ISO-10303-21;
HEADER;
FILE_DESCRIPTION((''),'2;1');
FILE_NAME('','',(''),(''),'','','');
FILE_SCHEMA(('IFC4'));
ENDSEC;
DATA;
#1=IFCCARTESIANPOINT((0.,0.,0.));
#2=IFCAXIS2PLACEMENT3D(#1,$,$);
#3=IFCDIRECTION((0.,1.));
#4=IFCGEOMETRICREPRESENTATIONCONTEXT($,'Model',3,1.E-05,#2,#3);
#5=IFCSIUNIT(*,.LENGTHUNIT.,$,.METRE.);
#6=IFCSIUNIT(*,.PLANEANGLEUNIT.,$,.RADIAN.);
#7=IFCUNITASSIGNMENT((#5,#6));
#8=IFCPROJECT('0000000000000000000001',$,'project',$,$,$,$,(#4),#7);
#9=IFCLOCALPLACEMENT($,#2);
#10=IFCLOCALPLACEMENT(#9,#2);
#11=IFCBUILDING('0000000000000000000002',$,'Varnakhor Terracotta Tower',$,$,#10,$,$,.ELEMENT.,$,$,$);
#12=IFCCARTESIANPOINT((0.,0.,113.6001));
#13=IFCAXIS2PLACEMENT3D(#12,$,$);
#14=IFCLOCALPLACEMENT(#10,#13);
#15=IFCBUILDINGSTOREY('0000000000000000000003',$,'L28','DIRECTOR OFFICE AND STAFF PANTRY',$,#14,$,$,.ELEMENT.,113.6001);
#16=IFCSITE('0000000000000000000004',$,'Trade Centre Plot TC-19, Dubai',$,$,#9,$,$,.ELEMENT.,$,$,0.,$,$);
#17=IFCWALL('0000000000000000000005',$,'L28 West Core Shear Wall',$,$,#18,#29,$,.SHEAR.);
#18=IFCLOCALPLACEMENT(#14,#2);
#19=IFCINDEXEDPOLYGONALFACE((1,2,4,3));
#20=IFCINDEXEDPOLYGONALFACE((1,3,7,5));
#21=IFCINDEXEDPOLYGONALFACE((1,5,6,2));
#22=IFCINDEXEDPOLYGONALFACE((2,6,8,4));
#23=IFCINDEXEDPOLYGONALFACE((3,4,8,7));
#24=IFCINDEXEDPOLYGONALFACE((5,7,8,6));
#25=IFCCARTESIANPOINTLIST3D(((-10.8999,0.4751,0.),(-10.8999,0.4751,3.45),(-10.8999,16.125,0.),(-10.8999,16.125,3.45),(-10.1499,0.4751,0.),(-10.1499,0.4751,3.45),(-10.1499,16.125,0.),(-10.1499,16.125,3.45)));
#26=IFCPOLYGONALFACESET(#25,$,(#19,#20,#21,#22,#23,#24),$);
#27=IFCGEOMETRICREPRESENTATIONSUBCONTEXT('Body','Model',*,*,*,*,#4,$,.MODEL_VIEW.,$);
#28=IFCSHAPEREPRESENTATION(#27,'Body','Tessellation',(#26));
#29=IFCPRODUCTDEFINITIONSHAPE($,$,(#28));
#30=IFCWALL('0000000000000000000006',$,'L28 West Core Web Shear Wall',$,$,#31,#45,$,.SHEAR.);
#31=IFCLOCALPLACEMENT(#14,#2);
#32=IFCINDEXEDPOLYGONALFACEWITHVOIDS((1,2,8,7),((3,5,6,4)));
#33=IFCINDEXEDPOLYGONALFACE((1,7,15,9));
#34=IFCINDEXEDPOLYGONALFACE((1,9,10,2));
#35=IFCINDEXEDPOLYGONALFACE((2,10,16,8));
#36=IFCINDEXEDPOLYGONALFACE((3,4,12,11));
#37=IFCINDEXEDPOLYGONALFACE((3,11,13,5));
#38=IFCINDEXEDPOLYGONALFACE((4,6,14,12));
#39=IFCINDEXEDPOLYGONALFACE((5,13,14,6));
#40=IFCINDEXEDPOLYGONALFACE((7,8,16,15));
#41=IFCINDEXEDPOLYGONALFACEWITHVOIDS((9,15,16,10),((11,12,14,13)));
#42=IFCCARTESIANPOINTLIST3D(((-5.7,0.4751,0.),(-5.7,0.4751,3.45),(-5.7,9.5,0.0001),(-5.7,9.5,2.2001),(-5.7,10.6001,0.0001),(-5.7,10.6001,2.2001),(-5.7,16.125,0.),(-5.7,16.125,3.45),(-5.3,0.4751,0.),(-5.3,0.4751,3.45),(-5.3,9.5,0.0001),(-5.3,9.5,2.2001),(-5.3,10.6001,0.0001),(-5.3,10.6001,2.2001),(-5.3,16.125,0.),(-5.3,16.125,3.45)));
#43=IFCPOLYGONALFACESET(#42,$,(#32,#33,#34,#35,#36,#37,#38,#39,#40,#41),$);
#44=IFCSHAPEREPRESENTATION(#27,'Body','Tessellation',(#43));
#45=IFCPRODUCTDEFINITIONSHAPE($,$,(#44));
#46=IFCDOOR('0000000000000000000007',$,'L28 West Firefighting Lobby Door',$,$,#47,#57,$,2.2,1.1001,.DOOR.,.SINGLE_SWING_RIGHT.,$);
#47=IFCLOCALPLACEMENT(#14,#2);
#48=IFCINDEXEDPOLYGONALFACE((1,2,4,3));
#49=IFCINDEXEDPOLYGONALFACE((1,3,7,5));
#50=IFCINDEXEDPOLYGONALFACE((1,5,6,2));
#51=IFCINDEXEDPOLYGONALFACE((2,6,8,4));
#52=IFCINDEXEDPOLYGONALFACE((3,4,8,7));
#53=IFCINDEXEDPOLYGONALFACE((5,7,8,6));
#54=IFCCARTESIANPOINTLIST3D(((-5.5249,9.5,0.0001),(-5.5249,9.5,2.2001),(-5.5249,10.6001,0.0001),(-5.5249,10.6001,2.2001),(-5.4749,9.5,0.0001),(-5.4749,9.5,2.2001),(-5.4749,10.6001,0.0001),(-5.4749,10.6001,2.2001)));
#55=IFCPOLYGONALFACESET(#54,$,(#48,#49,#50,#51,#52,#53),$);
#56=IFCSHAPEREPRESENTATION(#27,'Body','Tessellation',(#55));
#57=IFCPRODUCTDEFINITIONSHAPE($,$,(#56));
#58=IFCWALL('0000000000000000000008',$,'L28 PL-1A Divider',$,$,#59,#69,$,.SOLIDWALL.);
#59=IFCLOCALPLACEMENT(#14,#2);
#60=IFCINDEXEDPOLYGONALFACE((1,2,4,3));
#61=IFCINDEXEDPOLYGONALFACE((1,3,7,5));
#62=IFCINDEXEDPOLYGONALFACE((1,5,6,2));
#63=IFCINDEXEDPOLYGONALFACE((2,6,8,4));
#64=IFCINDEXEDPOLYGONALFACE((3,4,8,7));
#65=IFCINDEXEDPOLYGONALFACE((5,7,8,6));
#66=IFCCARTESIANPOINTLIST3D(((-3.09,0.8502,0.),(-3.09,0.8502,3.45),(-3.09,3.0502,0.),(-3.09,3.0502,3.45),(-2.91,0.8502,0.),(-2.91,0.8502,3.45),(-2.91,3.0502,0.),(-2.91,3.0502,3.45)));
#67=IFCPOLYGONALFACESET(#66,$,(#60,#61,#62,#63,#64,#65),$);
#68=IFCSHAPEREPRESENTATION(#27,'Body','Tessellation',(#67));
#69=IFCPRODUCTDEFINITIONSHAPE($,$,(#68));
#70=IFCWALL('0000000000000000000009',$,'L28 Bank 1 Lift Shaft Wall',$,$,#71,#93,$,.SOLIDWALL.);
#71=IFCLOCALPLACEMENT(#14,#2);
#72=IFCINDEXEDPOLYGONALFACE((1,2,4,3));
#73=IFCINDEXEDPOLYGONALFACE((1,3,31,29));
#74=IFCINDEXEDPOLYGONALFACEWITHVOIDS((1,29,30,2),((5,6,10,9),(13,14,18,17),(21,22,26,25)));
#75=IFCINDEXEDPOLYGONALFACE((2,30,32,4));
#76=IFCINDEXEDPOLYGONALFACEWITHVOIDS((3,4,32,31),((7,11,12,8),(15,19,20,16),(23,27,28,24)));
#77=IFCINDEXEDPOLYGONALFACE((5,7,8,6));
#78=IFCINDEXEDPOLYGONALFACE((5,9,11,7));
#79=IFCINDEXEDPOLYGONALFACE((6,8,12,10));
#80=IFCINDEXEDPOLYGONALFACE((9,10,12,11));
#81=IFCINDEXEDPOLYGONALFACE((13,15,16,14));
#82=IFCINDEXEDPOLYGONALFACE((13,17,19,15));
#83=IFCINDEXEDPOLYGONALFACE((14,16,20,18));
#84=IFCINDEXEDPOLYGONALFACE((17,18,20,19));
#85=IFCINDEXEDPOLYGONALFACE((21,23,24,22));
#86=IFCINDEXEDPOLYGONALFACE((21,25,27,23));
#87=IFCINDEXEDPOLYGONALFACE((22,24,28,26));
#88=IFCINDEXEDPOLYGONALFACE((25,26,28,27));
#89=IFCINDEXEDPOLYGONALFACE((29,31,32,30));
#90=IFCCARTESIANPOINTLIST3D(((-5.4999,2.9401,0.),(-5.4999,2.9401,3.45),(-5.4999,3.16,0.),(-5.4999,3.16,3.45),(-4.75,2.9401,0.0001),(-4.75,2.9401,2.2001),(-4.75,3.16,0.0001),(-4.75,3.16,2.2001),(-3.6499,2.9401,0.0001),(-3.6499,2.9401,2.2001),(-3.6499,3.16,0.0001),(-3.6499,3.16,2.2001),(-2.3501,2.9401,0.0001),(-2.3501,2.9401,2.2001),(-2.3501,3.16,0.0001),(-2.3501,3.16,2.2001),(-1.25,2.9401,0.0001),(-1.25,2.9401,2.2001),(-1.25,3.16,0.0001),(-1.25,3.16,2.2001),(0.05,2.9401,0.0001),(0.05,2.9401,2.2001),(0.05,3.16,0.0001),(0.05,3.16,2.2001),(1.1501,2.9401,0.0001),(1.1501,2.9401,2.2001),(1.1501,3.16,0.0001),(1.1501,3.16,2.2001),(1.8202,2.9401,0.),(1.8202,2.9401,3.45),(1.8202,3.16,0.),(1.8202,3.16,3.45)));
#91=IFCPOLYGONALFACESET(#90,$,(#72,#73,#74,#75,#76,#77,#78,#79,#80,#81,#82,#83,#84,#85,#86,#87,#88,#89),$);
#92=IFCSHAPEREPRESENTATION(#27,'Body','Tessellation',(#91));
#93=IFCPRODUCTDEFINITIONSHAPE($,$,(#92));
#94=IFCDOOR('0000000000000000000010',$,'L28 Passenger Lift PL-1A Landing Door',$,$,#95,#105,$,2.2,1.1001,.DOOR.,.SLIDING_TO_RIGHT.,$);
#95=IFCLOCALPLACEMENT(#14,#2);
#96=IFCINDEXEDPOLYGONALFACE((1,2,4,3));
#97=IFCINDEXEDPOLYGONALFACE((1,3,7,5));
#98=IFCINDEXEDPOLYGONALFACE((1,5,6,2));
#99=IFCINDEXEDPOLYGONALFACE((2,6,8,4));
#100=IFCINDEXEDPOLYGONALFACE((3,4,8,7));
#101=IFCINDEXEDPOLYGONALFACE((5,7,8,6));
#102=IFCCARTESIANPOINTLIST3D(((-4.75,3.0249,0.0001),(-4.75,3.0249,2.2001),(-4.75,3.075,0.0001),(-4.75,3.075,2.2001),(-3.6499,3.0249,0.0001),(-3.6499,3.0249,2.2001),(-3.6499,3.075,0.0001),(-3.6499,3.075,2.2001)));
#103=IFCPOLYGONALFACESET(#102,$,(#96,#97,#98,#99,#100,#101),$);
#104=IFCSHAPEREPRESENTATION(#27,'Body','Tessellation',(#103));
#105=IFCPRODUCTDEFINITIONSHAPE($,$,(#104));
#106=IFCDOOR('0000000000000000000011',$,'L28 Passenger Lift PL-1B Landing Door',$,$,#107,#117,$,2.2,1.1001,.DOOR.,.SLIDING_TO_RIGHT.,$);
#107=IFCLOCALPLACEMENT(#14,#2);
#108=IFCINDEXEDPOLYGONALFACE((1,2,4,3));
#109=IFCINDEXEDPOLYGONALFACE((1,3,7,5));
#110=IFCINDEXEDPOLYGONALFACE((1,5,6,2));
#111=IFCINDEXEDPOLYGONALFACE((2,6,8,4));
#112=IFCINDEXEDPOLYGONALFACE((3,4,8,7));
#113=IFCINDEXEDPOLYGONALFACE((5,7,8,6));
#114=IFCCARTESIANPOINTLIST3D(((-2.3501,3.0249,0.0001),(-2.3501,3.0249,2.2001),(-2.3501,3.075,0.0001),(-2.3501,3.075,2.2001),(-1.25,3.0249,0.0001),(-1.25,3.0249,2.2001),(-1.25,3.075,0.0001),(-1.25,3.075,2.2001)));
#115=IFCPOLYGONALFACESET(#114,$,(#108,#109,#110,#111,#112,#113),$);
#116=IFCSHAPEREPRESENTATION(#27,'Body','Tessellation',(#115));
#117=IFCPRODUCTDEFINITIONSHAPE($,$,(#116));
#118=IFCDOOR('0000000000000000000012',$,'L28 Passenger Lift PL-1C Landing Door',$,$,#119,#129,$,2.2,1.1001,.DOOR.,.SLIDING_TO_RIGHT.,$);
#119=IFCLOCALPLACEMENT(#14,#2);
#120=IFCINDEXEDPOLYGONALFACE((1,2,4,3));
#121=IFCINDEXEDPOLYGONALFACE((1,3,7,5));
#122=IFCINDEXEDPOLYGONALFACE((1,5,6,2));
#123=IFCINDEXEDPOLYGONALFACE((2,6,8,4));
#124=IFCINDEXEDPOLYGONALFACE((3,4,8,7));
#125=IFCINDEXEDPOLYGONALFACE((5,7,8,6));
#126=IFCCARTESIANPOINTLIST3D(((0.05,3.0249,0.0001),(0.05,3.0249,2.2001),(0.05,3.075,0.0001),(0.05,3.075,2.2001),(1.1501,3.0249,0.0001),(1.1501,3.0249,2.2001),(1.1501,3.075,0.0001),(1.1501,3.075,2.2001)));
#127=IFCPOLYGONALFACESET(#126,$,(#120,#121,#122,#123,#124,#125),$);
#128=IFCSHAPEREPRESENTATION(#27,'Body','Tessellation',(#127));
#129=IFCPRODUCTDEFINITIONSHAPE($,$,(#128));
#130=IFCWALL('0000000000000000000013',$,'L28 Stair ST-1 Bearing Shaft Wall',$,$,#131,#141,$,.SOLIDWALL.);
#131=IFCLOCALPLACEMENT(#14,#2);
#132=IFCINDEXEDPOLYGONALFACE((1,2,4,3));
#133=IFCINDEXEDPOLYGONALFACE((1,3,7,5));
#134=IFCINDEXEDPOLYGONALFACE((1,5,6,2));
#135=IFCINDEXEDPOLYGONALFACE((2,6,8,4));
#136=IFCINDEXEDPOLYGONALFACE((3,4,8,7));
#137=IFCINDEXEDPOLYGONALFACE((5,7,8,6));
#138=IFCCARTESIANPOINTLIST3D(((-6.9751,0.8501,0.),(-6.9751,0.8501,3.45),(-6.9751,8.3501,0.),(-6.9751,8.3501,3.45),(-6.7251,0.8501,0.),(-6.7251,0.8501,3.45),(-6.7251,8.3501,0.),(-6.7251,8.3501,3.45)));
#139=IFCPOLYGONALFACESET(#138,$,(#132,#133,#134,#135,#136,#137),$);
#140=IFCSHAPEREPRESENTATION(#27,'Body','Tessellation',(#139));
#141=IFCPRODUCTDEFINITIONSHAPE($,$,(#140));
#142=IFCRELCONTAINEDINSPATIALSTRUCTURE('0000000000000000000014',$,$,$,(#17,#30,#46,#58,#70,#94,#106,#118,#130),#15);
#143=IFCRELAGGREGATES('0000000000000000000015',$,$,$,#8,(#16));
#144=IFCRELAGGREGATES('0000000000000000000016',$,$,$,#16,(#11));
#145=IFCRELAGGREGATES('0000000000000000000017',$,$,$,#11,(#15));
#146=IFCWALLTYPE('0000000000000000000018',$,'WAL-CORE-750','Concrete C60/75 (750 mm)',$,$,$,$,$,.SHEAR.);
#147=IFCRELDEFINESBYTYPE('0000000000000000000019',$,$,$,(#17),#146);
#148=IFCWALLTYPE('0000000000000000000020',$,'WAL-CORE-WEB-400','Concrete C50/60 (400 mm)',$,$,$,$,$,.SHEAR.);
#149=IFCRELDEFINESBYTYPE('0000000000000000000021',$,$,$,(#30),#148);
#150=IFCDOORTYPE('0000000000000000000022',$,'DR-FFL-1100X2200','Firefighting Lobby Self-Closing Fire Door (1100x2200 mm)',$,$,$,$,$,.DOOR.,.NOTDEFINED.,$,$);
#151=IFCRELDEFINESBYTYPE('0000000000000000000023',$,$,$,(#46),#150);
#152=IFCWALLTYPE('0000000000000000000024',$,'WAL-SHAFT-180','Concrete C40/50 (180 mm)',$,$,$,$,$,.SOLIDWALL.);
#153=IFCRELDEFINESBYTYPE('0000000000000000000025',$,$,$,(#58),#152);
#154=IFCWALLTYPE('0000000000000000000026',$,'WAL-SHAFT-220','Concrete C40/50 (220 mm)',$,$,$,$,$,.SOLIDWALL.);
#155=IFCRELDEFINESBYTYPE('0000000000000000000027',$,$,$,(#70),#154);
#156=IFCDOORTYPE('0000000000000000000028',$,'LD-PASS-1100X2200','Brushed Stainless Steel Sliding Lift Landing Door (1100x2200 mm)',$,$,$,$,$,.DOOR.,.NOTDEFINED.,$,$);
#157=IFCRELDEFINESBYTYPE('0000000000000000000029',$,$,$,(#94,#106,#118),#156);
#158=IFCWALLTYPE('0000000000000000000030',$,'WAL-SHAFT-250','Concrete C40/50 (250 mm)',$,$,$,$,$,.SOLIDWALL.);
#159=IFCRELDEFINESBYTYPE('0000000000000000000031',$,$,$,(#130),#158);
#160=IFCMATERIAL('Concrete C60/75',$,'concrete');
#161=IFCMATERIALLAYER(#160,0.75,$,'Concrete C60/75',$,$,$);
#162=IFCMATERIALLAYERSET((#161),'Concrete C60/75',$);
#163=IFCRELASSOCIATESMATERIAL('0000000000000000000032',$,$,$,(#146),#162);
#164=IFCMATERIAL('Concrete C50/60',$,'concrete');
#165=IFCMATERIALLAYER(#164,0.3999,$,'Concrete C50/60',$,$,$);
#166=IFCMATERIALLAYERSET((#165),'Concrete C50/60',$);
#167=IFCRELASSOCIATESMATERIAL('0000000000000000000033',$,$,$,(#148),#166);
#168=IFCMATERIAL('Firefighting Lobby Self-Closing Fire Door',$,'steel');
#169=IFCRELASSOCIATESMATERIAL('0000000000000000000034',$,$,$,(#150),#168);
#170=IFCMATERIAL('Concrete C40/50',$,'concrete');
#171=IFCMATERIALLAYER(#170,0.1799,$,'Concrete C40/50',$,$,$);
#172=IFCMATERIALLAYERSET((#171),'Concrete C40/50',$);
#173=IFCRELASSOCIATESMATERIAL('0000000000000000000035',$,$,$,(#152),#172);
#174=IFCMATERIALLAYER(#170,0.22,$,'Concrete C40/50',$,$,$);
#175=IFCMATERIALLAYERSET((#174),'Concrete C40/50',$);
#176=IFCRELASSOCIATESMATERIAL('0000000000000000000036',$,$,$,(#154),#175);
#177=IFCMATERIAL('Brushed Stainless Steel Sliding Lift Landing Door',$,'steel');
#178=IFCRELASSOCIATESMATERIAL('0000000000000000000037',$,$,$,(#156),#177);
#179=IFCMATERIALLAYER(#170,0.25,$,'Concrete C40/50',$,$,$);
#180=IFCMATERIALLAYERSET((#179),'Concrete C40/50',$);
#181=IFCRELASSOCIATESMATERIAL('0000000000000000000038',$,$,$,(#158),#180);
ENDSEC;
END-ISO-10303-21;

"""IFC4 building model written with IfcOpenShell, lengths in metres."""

from ifc_helpers import new_model, si_unit, direction, frame, frame_2d, origin, place, context, subcontext, project, spatial, rectangle, extrude, source, transform, mapped, material, layer, layer_set, type_object, type_shapes, element, fill, save


model = new_model("IFC4")

# Units and contexts
model_context = context("Model", 3, precision=1e-05, world=origin(), true_north=direction((0.0, 1.0)))
body_context = subcontext(model_context, "Body", "Model", "MODEL_VIEW")
ifc_project = project(units=[si_unit("LENGTHUNIT", "METRE"), si_unit("PLANEANGLEUNIT", "RADIAN")], contexts=[model_context])

# Site, building, storey
site_placement = place(None, origin())
site = spatial("IfcSite", under=ifc_project, at=site_placement, Name="Trade Centre Plot TC-19, Dubai", CompositionType="ELEMENT", RefElevation=0.0)
building_placement = place(site_placement, origin())
building = spatial("IfcBuilding", under=site, at=building_placement, Name="Varnakhor Terracotta Tower", CompositionType="ELEMENT")
storey_placement = place(building_placement, frame((0.0, 0.0, 113.6001)))
storey = spatial("IfcBuildingStorey", under=building, at=storey_placement, Name="L28", Description="DIRECTOR OFFICE AND STAFF PANTRY", CompositionType="ELEMENT", Elevation=113.6001)

# Shared definitions
ifc_material_1 = material(Name="Concrete C50/60", Category="concrete")

# Wall
ifc_material_2 = material(Name="Concrete C60/75", Category="concrete")
ifc_layer_1 = layer(ifc_material_2, 0.75, Name="Concrete C60/75")
ifc_layer_set_1 = layer_set([ifc_layer_1], Name="Concrete C60/75")
wall_type_1 = type_object("IfcWallType", Name="WAL-CORE-750", Description="Concrete C60/75 (750 mm)", PredefinedType="SHEAR", material=ifc_layer_set_1)
wall_1_placement = place(storey_placement, frame((-10.5249, 0.4751, 0.0), z_axis=(0.0, 0.0, 1.0), x_axis=(0.0, 1.0, 0.0)))
element("IfcWall", 1, at=wall_1_placement, inside=storey, type_object=wall_type_1, Name="L28 West Core Shear Wall", PredefinedType="SHEAR", context=body_context, shape_type="SweptSolid", body=[
    extrude(rectangle(XDim=15.6499, YDim=0.75, at=frame_2d((7.825, 0.0))), origin(), (0.0, 0.0, 1.0), 3.45),
])

# Wall, opening, door
ifc_layer_2 = layer(ifc_material_1, 0.3999, Name="Concrete C50/60")
ifc_layer_set_2 = layer_set([ifc_layer_2], Name="Concrete C50/60")
wall_type_2 = type_object("IfcWallType", Name="WAL-CORE-WEB-400", Description="Concrete C50/60 (400 mm)", PredefinedType="SHEAR", material=ifc_layer_set_2)
wall_2_placement = place(storey_placement, frame((-5.5, 0.4751, 0.0), z_axis=(0.0, 0.0, 1.0), x_axis=(0.0, 1.0, 0.0)))
wall_2 = element("IfcWall", 2, at=wall_2_placement, inside=storey, type_object=wall_type_2, Name="L28 West Core Web Shear Wall", PredefinedType="SHEAR", context=body_context, shape_type="SweptSolid", body=[
    extrude(rectangle(XDim=15.6499, YDim=0.3999, at=frame_2d((7.825, 0.0))), origin(), (0.0, 0.0, 1.0), 3.45),
])
opening_1_placement = place(wall_2_placement, frame((9.0249, 0.0, 0.0)))
opening_1 = element("IfcOpeningElement", 3, at=opening_1_placement, cuts=wall_2, PredefinedType="OPENING", context=body_context, shape_type="SweptSolid", body=[
    extrude(rectangle(XDim=1.1001, YDim=2.2, at=frame_2d((0.55, 1.1001))), frame((0.0, 0.21, 0.0), z_axis=(0.0, -1.0, 0.0), x_axis=(1.0, 0.0, 0.0)), (0.0, 0.0, 1.0), 0.4199),
])
ifc_material_3 = material(Name="Firefighting Lobby Self-Closing Fire Door", Category="steel")
door_type_1 = type_object("IfcDoorType", Name="DR-FFL-1100X2200", Description="Firefighting Lobby Self-Closing Fire Door (1100x2200 mm)", OperationType="NOTDEFINED", PredefinedType="DOOR", material=ifc_material_3)
shared_shape_1 = source(origin(), body_context, "Body", "SweptSolid", [
    extrude(rectangle(XDim=1.1001, YDim=2.2, at=frame_2d((0.55, 1.1001))), frame((0.0, 0.0249, 0.0), z_axis=(0.0, -1.0, 0.0), x_axis=(1.0, 0.0, 0.0)), (0.0, 0.0, 1.0), 0.05),
])
type_shapes(door_type_1, [shared_shape_1])
door_1_placement = place(opening_1_placement, origin())
door_1 = element("IfcDoor", 4, at=door_1_placement, inside=storey, type_object=door_type_1, Name="L28 West Firefighting Lobby Door", OperationType="SINGLE_SWING_RIGHT", OverallHeight=2.2, OverallWidth=1.1001, PredefinedType="DOOR", context=body_context, shape_type="MappedRepresentation", body=[
    mapped(shared_shape_1, transform((0.0, 0.0, 0.0), scale=1.0)),
])
fill(opening_1, door_1)

# Wall
ifc_material_4 = material(Name="Concrete C40/50", Category="concrete")
ifc_layer_3 = layer(ifc_material_4, 0.1799, Name="Concrete C40/50")
ifc_layer_set_3 = layer_set([ifc_layer_3], Name="Concrete C40/50")
wall_type_3 = type_object("IfcWallType", Name="WAL-SHAFT-180", Description="Concrete C40/50 (180 mm)", PredefinedType="SOLIDWALL", material=ifc_layer_set_3)
wall_3_placement = place(storey_placement, frame((-3.0, 0.8501, 0.0), z_axis=(0.0, 0.0, 1.0), x_axis=(0.0, 1.0, 0.0)))
element("IfcWall", 5, at=wall_3_placement, inside=storey, type_object=wall_type_3, Name="L28 PL-1A Divider", PredefinedType="SOLIDWALL", context=body_context, shape_type="SweptSolid", body=[
    extrude(rectangle(XDim=2.2, YDim=0.1799, at=frame_2d((1.1001, 0.0))), origin(), (0.0, 0.0, 1.0), 3.45),
])

# Wall, openings, doors
ifc_layer_4 = layer(ifc_material_4, 0.22, Name="Concrete C40/50")
ifc_layer_set_4 = layer_set([ifc_layer_4], Name="Concrete C40/50")
wall_type_4 = type_object("IfcWallType", Name="WAL-SHAFT-220", Description="Concrete C40/50 (220 mm)", PredefinedType="SOLIDWALL", material=ifc_layer_set_4)
wall_4_placement = place(storey_placement, frame((-5.5, 3.05, 0.0), z_axis=(0.0, 0.0, 1.0), x_axis=(1.0, 0.0, 0.0)))
wall_4 = element("IfcWall", 6, at=wall_4_placement, inside=storey, type_object=wall_type_4, Name="L28 Bank 1 Lift Shaft Wall", PredefinedType="SOLIDWALL", context=body_context, shape_type="SweptSolid", body=[
    extrude(rectangle(XDim=7.3201, YDim=0.22, at=frame_2d((3.6602, 0.0))), origin(), (0.0, 0.0, 1.0), 3.45),
])
opening_2_placement = place(wall_4_placement, frame((0.75, 0.0, 0.0)))
opening_2 = element("IfcOpeningElement", 7, at=opening_2_placement, cuts=wall_4, PredefinedType="OPENING", context=body_context, shape_type="SweptSolid", body=[
    extrude(rectangle(XDim=1.1001, YDim=2.2, at=frame_2d((0.55, 1.1001))), frame((0.0, 0.1201, 0.0), z_axis=(0.0, -1.0, 0.0), x_axis=(1.0, 0.0, 0.0)), (0.0, 0.0, 1.0), 0.24),
])
opening_3_placement = place(wall_4_placement, frame((3.1499, 0.0, 0.0)))
opening_3 = element("IfcOpeningElement", 8, at=opening_3_placement, cuts=wall_4, PredefinedType="OPENING", context=body_context, shape_type="SweptSolid", body=[
    extrude(rectangle(XDim=1.1001, YDim=2.2, at=frame_2d((0.55, 1.1001))), frame((0.0, 0.1201, 0.0), z_axis=(0.0, -1.0, 0.0), x_axis=(1.0, 0.0, 0.0)), (0.0, 0.0, 1.0), 0.24),
])
opening_4_placement = place(wall_4_placement, frame((5.55, 0.0, 0.0)))
opening_4 = element("IfcOpeningElement", 9, at=opening_4_placement, cuts=wall_4, PredefinedType="OPENING", context=body_context, shape_type="SweptSolid", body=[
    extrude(rectangle(XDim=1.1001, YDim=2.2, at=frame_2d((0.55, 1.1001))), frame((0.0, 0.1201, 0.0), z_axis=(0.0, -1.0, 0.0), x_axis=(1.0, 0.0, 0.0)), (0.0, 0.0, 1.0), 0.24),
])
ifc_material_5 = material(Name="Brushed Stainless Steel Sliding Lift Landing Door", Category="steel")
door_type_2 = type_object("IfcDoorType", Name="LD-PASS-1100X2200", Description="Brushed Stainless Steel Sliding Lift Landing Door (1100x2200 mm)", OperationType="NOTDEFINED", PredefinedType="DOOR", material=ifc_material_5)
shared_shape_2 = source(origin(), body_context, "Body", "SweptSolid", [
    extrude(rectangle(XDim=1.1001, YDim=2.2, at=frame_2d((0.55, 1.1001))), frame((0.0, 0.0249, 0.0), z_axis=(0.0, -1.0, 0.0), x_axis=(1.0, 0.0, 0.0)), (0.0, 0.0, 1.0), 0.05),
])
type_shapes(door_type_2, [shared_shape_2])
door_2_placement = place(opening_2_placement, origin())
door_2 = element("IfcDoor", 10, at=door_2_placement, inside=storey, type_object=door_type_2, Name="L28 Passenger Lift PL-1A Landing Door", OperationType="SLIDING_TO_RIGHT", OverallHeight=2.2, OverallWidth=1.1001, PredefinedType="DOOR", context=body_context, shape_type="MappedRepresentation", body=[
    mapped(shared_shape_2, transform((0.0, 0.0, 0.0), scale=1.0)),
])
fill(opening_2, door_2)
door_3_placement = place(opening_3_placement, origin())
door_3 = element("IfcDoor", 11, at=door_3_placement, inside=storey, type_object=door_type_2, Name="L28 Passenger Lift PL-1B Landing Door", OperationType="SLIDING_TO_RIGHT", OverallHeight=2.2, OverallWidth=1.1001, PredefinedType="DOOR", context=body_context, shape_type="MappedRepresentation", body=[
    mapped(shared_shape_2, transform((0.0, 0.0, 0.0), scale=1.0)),
])
fill(opening_3, door_3)
door_4_placement = place(opening_4_placement, origin())
door_4 = element("IfcDoor", 12, at=door_4_placement, inside=storey, type_object=door_type_2, Name="L28 Passenger Lift PL-1C Landing Door", OperationType="SLIDING_TO_RIGHT", OverallHeight=2.2, OverallWidth=1.1001, PredefinedType="DOOR", context=body_context, shape_type="MappedRepresentation", body=[
    mapped(shared_shape_2, transform((0.0, 0.0, 0.0), scale=1.0)),
])
fill(opening_4, door_4)

# Wall
ifc_layer_5 = layer(ifc_material_4, 0.25, Name="Concrete C40/50")
ifc_layer_set_5 = layer_set([ifc_layer_5], Name="Concrete C40/50")
wall_type_5 = type_object("IfcWallType", Name="WAL-SHAFT-250", Description="Concrete C40/50 (250 mm)", PredefinedType="SOLIDWALL", material=ifc_layer_set_5)
wall_5_placement = place(storey_placement, frame((-6.8501, 0.8501, 0.0), z_axis=(0.0, 0.0, 1.0), x_axis=(0.0, 1.0, 0.0)))
element("IfcWall", 13, at=wall_5_placement, inside=storey, type_object=wall_type_5, Name="L28 Stair ST-1 Bearing Shaft Wall", PredefinedType="SOLIDWALL", context=body_context, shape_type="SweptSolid", body=[
    extrude(rectangle(XDim=7.5, YDim=0.25, at=frame_2d((3.75, 0.0))), origin(), (0.0, 0.0, 1.0), 3.45),
])

save(model, "model.ifc")
